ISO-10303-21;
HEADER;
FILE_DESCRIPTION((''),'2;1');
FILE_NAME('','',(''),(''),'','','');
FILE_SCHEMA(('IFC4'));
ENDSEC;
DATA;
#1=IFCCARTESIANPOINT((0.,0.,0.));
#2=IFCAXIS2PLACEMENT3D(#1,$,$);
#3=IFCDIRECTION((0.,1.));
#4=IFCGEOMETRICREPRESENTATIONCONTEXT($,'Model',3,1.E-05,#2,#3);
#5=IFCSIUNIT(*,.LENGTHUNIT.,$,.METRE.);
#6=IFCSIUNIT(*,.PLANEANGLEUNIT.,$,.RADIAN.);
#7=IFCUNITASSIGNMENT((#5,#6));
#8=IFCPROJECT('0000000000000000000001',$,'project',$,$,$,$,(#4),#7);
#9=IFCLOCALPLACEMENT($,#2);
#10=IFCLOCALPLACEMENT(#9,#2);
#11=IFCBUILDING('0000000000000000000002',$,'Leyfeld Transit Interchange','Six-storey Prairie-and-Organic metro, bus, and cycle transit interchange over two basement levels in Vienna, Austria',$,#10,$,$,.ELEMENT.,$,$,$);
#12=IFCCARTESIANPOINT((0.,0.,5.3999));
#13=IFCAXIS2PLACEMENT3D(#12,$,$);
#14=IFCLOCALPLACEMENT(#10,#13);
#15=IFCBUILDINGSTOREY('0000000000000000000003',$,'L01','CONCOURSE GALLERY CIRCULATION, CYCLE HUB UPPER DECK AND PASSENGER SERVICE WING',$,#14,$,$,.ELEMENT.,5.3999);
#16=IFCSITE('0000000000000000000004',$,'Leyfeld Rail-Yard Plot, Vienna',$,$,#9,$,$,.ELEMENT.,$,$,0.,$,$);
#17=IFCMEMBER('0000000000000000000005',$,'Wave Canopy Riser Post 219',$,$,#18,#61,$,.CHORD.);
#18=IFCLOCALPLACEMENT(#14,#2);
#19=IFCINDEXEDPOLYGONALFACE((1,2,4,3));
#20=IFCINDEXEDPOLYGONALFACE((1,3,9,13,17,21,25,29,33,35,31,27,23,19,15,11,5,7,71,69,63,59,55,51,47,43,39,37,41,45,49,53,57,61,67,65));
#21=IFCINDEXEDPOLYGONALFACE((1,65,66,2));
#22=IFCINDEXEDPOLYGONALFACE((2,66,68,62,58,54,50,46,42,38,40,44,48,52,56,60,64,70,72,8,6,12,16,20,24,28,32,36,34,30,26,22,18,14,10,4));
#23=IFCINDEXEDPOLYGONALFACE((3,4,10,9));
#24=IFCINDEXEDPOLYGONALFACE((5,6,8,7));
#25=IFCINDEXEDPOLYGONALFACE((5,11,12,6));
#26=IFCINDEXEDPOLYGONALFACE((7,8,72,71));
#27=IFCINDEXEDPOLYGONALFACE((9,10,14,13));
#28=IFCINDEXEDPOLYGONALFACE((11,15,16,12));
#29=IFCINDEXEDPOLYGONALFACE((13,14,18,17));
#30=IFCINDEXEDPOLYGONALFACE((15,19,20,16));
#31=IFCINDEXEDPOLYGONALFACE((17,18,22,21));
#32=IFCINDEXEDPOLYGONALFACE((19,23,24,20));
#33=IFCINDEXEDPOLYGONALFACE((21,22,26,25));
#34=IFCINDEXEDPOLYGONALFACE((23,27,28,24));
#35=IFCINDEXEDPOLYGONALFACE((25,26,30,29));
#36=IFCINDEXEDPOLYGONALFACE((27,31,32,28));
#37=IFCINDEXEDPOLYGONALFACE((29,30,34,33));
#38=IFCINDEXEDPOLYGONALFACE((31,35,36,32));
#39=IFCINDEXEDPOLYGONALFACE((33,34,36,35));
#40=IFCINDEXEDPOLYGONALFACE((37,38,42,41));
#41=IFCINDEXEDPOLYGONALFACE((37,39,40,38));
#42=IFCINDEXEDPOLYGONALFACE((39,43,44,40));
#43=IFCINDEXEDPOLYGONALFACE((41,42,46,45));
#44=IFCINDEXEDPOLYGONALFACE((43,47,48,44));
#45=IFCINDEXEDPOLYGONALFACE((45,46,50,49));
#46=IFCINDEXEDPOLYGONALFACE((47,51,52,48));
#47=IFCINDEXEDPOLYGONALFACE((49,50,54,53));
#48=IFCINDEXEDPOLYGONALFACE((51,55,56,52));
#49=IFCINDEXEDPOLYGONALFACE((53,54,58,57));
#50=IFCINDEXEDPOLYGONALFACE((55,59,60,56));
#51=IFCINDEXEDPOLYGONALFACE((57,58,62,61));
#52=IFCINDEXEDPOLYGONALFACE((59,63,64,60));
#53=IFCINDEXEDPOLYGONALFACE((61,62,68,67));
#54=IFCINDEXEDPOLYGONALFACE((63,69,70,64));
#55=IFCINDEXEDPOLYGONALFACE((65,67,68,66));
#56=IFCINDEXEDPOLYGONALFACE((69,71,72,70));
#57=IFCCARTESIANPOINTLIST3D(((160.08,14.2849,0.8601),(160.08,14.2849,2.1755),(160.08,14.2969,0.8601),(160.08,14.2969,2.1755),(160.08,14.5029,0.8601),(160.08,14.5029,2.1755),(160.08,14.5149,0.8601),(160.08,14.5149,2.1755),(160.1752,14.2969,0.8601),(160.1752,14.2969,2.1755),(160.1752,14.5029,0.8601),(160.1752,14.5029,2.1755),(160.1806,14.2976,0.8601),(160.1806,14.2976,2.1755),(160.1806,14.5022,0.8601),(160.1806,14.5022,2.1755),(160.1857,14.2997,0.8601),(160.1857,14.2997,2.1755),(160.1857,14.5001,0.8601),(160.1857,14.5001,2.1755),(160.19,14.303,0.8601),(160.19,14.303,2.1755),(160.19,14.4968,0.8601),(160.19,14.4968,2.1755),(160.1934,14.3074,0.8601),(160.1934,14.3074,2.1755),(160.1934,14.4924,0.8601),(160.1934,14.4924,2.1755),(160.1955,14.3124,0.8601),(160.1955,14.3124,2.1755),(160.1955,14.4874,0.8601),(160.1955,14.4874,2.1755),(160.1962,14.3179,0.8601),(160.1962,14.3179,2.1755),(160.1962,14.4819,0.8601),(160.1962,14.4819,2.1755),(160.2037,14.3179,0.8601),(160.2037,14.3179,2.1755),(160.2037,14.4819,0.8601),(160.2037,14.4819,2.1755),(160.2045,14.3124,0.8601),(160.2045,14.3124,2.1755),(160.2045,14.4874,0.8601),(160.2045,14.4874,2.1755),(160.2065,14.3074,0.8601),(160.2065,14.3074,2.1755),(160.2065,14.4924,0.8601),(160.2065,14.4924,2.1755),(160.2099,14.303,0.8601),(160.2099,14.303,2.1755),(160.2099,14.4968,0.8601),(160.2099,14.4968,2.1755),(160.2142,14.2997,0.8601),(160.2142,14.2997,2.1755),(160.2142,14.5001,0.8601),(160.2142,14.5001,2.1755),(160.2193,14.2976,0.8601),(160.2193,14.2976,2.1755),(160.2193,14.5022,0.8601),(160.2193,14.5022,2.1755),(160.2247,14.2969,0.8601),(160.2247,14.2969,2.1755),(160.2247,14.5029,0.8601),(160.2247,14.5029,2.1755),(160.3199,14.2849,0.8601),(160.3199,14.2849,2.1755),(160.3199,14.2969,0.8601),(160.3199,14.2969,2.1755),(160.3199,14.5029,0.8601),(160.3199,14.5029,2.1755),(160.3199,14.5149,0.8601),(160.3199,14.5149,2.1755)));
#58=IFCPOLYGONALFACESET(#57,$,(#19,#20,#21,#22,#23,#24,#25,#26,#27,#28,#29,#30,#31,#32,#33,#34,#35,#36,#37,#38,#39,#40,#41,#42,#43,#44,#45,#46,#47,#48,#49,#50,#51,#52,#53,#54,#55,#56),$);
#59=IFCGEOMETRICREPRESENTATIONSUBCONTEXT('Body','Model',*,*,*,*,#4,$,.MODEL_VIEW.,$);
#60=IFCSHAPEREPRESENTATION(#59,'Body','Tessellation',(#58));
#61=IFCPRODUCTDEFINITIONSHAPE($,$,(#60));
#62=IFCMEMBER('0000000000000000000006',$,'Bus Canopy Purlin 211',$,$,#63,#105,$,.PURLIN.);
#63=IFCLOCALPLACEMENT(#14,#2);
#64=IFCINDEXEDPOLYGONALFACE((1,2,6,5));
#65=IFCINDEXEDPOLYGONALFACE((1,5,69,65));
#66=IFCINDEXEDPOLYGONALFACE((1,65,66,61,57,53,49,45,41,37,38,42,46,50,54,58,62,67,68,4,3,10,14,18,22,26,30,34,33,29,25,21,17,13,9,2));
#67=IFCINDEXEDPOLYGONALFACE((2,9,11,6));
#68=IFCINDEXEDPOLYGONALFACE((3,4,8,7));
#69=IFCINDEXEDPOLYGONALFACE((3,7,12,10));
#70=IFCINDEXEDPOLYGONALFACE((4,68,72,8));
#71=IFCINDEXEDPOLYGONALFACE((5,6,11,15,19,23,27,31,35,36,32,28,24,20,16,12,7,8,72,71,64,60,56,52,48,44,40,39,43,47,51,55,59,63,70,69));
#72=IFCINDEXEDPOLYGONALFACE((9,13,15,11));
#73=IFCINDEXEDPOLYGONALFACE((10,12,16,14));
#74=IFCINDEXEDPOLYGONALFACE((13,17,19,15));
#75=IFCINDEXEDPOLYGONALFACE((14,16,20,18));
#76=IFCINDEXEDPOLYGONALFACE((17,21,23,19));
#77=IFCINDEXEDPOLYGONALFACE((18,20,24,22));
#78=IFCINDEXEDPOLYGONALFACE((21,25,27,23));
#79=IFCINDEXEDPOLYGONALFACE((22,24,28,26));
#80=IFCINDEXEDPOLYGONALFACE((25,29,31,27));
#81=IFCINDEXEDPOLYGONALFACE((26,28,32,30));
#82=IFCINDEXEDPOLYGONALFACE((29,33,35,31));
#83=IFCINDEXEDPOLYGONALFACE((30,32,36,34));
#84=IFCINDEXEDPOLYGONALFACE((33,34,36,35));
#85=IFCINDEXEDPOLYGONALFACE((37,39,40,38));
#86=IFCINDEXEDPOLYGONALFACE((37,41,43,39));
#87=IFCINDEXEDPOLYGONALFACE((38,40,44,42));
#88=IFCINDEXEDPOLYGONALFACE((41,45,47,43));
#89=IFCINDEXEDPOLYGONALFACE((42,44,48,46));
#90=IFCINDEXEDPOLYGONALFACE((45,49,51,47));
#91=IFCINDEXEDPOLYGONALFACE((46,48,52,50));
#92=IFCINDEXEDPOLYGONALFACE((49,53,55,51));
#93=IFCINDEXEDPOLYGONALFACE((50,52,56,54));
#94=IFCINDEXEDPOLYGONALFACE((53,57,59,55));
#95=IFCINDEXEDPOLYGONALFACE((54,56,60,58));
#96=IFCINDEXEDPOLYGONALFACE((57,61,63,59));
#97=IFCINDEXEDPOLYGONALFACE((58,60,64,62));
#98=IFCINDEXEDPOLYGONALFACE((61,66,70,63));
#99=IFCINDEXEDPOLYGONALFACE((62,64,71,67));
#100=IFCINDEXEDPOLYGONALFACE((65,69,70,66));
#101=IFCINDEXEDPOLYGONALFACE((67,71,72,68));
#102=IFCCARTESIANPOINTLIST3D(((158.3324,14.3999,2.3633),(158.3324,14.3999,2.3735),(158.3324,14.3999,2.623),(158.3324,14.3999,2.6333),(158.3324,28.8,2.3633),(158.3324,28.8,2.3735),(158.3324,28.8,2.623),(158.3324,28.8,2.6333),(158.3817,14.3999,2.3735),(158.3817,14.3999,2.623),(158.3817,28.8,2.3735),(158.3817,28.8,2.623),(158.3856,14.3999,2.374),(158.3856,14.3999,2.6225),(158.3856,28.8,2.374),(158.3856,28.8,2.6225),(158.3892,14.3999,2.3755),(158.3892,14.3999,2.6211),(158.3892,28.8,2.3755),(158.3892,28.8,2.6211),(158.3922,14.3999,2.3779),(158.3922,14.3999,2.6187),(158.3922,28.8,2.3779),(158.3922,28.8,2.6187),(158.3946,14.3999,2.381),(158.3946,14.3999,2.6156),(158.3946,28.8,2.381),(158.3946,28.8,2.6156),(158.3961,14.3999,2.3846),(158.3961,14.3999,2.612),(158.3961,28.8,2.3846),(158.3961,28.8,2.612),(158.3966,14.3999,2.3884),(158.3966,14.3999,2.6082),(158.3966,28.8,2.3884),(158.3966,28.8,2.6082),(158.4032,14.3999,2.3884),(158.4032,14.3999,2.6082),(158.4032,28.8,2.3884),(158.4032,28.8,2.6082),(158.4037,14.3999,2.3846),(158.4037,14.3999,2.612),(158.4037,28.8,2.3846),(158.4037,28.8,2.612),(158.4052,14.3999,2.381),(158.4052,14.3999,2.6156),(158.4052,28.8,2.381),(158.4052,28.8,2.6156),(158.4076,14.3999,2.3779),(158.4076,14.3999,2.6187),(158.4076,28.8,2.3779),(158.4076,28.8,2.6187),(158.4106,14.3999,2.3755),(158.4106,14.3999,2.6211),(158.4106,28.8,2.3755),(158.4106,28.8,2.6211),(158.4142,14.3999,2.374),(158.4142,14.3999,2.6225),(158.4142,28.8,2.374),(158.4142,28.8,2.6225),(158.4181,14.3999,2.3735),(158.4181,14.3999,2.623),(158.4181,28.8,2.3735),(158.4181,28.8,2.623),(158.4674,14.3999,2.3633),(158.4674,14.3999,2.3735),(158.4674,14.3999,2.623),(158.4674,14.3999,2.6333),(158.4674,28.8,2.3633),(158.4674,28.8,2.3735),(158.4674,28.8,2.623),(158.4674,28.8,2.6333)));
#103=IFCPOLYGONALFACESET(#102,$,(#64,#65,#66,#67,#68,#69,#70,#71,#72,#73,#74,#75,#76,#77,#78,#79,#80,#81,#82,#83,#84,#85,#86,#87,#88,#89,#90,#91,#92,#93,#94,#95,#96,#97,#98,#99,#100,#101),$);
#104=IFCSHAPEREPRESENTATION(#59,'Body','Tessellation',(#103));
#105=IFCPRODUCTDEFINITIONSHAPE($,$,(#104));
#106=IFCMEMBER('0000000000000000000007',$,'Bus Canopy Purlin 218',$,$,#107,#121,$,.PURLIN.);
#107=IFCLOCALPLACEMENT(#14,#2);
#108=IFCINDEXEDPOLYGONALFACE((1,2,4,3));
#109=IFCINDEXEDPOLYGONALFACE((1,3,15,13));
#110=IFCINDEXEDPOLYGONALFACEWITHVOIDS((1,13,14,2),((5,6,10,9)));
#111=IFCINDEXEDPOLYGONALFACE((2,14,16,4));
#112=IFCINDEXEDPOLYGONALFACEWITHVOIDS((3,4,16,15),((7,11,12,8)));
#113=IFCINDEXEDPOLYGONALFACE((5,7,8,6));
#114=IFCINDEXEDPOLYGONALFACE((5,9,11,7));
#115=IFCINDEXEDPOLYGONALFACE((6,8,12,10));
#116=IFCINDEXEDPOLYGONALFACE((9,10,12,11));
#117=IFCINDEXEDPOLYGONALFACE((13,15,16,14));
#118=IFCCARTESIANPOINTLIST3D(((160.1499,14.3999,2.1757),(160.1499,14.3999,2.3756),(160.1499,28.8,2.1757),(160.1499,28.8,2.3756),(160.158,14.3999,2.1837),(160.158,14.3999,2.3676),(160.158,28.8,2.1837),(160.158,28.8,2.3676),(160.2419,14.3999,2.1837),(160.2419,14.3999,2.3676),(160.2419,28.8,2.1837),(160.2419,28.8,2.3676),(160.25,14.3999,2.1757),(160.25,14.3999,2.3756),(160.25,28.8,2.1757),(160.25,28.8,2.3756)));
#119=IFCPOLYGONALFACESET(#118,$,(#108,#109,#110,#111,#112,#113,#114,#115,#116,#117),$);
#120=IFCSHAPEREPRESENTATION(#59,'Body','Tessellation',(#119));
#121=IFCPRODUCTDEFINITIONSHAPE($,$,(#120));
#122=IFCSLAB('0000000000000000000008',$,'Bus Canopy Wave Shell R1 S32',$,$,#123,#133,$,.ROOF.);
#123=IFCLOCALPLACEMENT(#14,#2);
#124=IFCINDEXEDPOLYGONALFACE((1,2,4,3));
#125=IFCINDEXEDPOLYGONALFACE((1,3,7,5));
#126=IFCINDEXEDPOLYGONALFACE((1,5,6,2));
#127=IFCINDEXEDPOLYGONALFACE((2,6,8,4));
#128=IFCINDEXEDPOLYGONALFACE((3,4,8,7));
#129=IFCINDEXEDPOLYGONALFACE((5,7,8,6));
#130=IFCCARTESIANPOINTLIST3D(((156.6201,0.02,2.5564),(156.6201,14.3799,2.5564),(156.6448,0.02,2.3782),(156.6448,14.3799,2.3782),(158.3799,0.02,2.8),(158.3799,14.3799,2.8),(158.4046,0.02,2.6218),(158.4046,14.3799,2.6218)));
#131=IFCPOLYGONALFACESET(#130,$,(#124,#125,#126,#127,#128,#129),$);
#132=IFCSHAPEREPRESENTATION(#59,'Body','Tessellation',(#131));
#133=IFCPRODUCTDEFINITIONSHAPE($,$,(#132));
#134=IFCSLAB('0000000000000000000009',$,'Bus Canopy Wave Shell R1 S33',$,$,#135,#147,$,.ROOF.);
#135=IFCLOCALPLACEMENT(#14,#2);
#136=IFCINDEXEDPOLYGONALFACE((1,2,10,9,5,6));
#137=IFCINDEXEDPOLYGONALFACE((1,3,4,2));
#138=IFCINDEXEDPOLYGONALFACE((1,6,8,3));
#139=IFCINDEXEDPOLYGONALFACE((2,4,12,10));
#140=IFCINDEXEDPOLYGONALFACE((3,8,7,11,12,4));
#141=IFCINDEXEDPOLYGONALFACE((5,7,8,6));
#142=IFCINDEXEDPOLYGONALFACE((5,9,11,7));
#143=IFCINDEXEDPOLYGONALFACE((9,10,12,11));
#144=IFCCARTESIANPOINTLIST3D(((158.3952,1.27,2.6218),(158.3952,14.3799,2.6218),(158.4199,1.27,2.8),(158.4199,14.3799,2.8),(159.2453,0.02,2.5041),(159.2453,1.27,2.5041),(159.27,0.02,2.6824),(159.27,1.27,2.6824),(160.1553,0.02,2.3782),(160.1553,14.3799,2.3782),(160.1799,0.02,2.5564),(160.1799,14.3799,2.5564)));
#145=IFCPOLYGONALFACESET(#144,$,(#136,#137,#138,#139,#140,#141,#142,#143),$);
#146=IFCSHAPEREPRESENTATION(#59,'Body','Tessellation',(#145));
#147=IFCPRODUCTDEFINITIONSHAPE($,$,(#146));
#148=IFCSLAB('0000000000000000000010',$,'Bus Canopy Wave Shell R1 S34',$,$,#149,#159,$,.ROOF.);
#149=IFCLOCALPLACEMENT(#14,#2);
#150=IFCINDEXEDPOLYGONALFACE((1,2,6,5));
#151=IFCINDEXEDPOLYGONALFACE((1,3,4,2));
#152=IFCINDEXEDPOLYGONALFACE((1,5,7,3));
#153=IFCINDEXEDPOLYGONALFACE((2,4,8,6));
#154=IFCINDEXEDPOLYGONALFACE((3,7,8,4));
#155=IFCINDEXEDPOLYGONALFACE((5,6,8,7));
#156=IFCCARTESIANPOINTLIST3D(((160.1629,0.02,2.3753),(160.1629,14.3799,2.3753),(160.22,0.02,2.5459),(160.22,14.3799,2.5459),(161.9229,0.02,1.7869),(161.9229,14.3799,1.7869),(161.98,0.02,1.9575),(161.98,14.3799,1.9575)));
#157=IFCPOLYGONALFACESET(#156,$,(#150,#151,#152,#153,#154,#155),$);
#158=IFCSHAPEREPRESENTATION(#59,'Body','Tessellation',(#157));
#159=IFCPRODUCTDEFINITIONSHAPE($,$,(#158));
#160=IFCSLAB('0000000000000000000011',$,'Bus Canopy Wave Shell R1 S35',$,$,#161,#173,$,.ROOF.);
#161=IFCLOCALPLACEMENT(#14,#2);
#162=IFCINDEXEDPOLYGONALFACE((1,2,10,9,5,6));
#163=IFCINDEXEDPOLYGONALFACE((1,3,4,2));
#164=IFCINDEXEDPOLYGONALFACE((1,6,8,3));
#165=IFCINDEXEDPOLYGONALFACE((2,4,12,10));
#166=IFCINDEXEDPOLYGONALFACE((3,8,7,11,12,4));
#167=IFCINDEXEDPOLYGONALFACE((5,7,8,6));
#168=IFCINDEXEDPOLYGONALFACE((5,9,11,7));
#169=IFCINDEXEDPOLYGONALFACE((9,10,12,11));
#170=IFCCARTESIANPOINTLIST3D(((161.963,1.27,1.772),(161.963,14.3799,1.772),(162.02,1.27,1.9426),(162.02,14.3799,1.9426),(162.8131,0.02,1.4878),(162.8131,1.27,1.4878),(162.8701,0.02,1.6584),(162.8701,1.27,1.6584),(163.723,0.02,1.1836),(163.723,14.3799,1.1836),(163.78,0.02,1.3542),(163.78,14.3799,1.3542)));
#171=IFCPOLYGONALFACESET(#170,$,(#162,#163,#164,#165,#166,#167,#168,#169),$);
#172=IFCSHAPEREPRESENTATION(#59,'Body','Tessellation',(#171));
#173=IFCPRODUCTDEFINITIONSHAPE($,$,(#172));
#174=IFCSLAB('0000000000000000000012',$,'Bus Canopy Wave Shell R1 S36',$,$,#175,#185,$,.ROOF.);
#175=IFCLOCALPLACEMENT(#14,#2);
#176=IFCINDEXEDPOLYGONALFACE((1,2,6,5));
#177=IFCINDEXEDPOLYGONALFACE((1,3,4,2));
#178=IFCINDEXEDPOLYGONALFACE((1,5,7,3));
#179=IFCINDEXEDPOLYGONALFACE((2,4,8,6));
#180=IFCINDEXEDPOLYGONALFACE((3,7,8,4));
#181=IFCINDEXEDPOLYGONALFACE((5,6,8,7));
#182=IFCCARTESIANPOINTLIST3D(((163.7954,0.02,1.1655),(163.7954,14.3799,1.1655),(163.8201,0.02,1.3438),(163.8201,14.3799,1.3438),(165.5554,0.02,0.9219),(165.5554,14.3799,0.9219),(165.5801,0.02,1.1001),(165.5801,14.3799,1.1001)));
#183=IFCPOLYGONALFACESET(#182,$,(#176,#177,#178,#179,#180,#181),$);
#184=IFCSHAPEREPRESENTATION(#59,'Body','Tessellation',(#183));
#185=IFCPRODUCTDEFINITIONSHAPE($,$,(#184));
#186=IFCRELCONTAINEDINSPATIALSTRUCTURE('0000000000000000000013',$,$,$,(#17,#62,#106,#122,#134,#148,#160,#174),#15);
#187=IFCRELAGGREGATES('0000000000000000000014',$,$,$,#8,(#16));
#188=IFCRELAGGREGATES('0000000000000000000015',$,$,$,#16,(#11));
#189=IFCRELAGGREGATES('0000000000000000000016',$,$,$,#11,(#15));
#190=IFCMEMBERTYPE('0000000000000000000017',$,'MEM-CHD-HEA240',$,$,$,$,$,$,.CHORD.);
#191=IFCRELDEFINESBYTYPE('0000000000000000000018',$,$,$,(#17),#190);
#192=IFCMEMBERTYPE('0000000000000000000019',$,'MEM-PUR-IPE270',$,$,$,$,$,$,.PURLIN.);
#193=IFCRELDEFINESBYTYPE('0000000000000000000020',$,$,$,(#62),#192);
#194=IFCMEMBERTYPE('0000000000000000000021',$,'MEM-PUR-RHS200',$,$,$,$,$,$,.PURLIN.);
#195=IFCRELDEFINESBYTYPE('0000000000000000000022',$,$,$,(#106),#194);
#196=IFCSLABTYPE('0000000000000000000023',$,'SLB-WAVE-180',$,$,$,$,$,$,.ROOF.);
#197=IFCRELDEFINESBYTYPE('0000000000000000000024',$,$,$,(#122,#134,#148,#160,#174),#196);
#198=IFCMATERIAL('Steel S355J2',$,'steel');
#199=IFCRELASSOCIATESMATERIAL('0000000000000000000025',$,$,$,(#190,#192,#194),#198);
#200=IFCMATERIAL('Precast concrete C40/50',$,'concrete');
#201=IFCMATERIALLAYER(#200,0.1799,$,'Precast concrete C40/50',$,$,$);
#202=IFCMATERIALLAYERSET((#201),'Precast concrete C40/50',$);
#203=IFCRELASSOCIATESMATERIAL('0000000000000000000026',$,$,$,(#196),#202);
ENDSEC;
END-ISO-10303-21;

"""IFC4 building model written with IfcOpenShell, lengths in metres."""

from ifc_helpers import new_model, si_unit, direction, frame, origin, origin_2d, place, context, subcontext, project, spatial, polyline, hollow_rectangle, i_section, outline, extrude, material, layer, layer_set, material_profile, profile_set, type_object, element, save


model = new_model("IFC4")

# Units and contexts
model_context = context("Model", 3, precision=1e-05, world=origin(), true_north=direction((0.0, 1.0)))
body_context = subcontext(model_context, "Body", "Model", "MODEL_VIEW")
ifc_project = project(units=[si_unit("LENGTHUNIT", "METRE"), si_unit("PLANEANGLEUNIT", "RADIAN")], contexts=[model_context])

# Site, building, storey
site_placement = place(None, origin())
site = spatial("IfcSite", under=ifc_project, at=site_placement, Name="Leyfeld Rail-Yard Plot, Vienna", CompositionType="ELEMENT", RefElevation=0.0)
building_placement = place(site_placement, origin())
building = spatial("IfcBuilding", under=site, at=building_placement, Name="Leyfeld Transit Interchange", Description="Six-storey Prairie-and-Organic metro, bus, and cycle transit interchange over two basement levels in Vienna, Austria", CompositionType="ELEMENT")
storey_placement = place(building_placement, frame((0.0, 0.0, 5.3999)))
storey = spatial("IfcBuildingStorey", under=building, at=storey_placement, Name="L01", Description="CONCOURSE GALLERY CIRCULATION, CYCLE HUB UPPER DECK AND PASSENGER SERVICE WING", CompositionType="ELEMENT", Elevation=5.3999)

# Shared definitions
ifc_material_1 = material(Name="Steel S355J2", Category="steel")

# Members
ifc_material_profile_1 = material_profile(ifc_material_1, i_section(OverallWidth=0.24, OverallDepth=0.23, WebThickness=0.0076, FlangeThickness=0.012, FilletRadius=0.021, at=origin_2d()), Name="HEA 240")
ifc_profile_set_1 = profile_set([ifc_material_profile_1], Name="Steel S355J2")
member_type_1 = type_object("IfcMemberType", Name="MEM-CHD-HEA240", PredefinedType="CHORD", material=ifc_profile_set_1)
member_1_placement = place(storey_placement, frame((160.2, 14.3999, 0.8601), z_axis=(0.0, 0.0, 1.0), x_axis=(1.0, 0.0, 0.0)))
element("IfcMember", 1, at=member_1_placement, inside=storey, type_object=member_type_1, Name="Wave Canopy Riser Post 219", PredefinedType="CHORD", context=body_context, shape_type="SweptSolid", body=[
    extrude(i_section(OverallWidth=0.24, OverallDepth=0.23, WebThickness=0.0076, FlangeThickness=0.012, FilletRadius=0.021, at=origin_2d()), origin(), (0.0, 0.0, 1.0), 1.3154),
])
ifc_material_profile_2 = material_profile(ifc_material_1, i_section(OverallWidth=0.135, OverallDepth=0.27, WebThickness=0.0066, FlangeThickness=0.0103, FilletRadius=0.0149, at=origin_2d()), Name="IPE 270")
ifc_profile_set_2 = profile_set([ifc_material_profile_2], Name="Steel S355J2")
member_type_2 = type_object("IfcMemberType", Name="MEM-PUR-IPE270", PredefinedType="PURLIN", material=ifc_profile_set_2)
member_2_placement = place(storey_placement, frame((158.3999, 14.3999, 2.4983), z_axis=(0.0, 1.0, 0.0), x_axis=(-1.0, 0.0, 0.0)))
element("IfcMember", 2, at=member_2_placement, inside=storey, type_object=member_type_2, Name="Bus Canopy Purlin 211", PredefinedType="PURLIN", context=body_context, shape_type="SweptSolid", body=[
    extrude(i_section(OverallWidth=0.135, OverallDepth=0.27, WebThickness=0.0066, FlangeThickness=0.0103, FilletRadius=0.0149, at=origin_2d()), origin(), (0.0, 0.0, 1.0), 14.4001),
])
ifc_material_profile_3 = material_profile(ifc_material_1, hollow_rectangle(XDim=0.1001, YDim=0.2, WallThickness=0.0081, at=origin_2d()), Name="RHS 200x100x8")
ifc_profile_set_3 = profile_set([ifc_material_profile_3], Name="Steel S355J2")
member_type_3 = type_object("IfcMemberType", Name="MEM-PUR-RHS200", PredefinedType="PURLIN", material=ifc_profile_set_3)
member_3_placement = place(storey_placement, frame((160.2, 14.3999, 2.2756), z_axis=(0.0, 1.0, 0.0), x_axis=(-1.0, 0.0, 0.0)))
element("IfcMember", 3, at=member_3_placement, inside=storey, type_object=member_type_3, Name="Bus Canopy Purlin 218", PredefinedType="PURLIN", context=body_context, shape_type="SweptSolid", body=[
    extrude(hollow_rectangle(XDim=0.1001, YDim=0.2, WallThickness=0.0081, at=origin_2d()), origin(), (0.0, 0.0, 1.0), 14.4001),
])

# Slabs
ifc_material_2 = material(Name="Precast concrete C40/50", Category="concrete")
ifc_layer = layer(ifc_material_2, 0.1799, Name="Precast concrete C40/50")
ifc_layer_set = layer_set([ifc_layer], Name="Precast concrete C40/50")
slab_type = type_object("IfcSlabType", Name="SLB-WAVE-180", PredefinedType="ROOF", material=ifc_layer_set)
slab_1_placement = place(storey_placement, frame((156.6201, 0.02, 2.5564), z_axis=(-0.137149, 0.0, 0.99055), x_axis=(0.99055, 0.0, 0.137149)))
element("IfcSlab", 4, at=slab_1_placement, inside=storey, type_object=slab_type, Name="Bus Canopy Wave Shell R1 S32", PredefinedType="ROOF", context=body_context, shape_type="SweptSolid", body=[
    extrude(outline(polyline([(0.0, 0.0), (1.7766, 0.0), (1.7766, 14.3599), (0.0, 14.3599), (0.0, 0.0)])), origin(), (0.0, 0.0, -1.0), 0.1799),
])
slab_2_placement = place(storey_placement, frame((158.4199, 1.27, 2.8), z_axis=(0.137131, 0.0, 0.990553), x_axis=(0.990553, 0.0, -0.137131)))
element("IfcSlab", 5, at=slab_2_placement, inside=storey, type_object=slab_type, Name="Bus Canopy Wave Shell R1 S33", PredefinedType="ROOF", context=body_context, shape_type="SweptSolid", body=[
    extrude(outline(polyline([(0.0, 0.0), (0.8582, 0.0), (0.8582, -1.25), (1.7768, -1.25), (1.7768, 13.1099), (0.0, 13.1099), (0.0, 0.0)])), origin(), (0.0, 0.0, -1.0), 0.1799),
])
slab_3_placement = place(storey_placement, frame((160.22, 0.02, 2.5459), z_axis=(0.317056, 0.0, 0.948407), x_axis=(0.948407, 0.0, -0.317056)))
element("IfcSlab", 6, at=slab_3_placement, inside=storey, type_object=slab_type, Name="Bus Canopy Wave Shell R1 S34", PredefinedType="ROOF", context=body_context, shape_type="SweptSolid", body=[
    extrude(outline(polyline([(0.0, 0.0), (1.8558, 0.0), (1.8558, 14.3599), (0.0, 14.3599), (0.0, 0.0)])), origin(), (0.0, 0.0, -1.0), 0.1799),
])
slab_4_placement = place(storey_placement, frame((162.02, 1.27, 1.9426), z_axis=(0.317057, 0.0, 0.948406), x_axis=(0.948406, 0.0, -0.317057)))
element("IfcSlab", 7, at=slab_4_placement, inside=storey, type_object=slab_type, Name="Bus Canopy Wave Shell R1 S35", PredefinedType="ROOF", context=body_context, shape_type="SweptSolid", body=[
    extrude(outline(polyline([(0.0, 0.0), (0.8963, 0.0), (0.8963, -1.25), (1.8558, -1.25), (1.8558, 13.1099), (0.0, 13.1099), (0.0, 0.0)])), origin(), (0.0, 0.0, -1.0), 0.1799),
])
slab_5_placement = place(storey_placement, frame((163.8201, 0.02, 1.3438), z_axis=(0.13713, 0.0, 0.990553), x_axis=(0.990553, 0.0, -0.13713)))
element("IfcSlab", 8, at=slab_5_placement, inside=storey, type_object=slab_type, Name="Bus Canopy Wave Shell R1 S36", PredefinedType="ROOF", context=body_context, shape_type="SweptSolid", body=[
    extrude(outline(polyline([(0.0, 0.0), (1.7768, 0.0), (1.7768, 14.3599), (0.0, 14.3599), (0.0, 0.0)])), origin(), (0.0, 0.0, -1.0), 0.1799),
])

save(model, "model.ifc")
